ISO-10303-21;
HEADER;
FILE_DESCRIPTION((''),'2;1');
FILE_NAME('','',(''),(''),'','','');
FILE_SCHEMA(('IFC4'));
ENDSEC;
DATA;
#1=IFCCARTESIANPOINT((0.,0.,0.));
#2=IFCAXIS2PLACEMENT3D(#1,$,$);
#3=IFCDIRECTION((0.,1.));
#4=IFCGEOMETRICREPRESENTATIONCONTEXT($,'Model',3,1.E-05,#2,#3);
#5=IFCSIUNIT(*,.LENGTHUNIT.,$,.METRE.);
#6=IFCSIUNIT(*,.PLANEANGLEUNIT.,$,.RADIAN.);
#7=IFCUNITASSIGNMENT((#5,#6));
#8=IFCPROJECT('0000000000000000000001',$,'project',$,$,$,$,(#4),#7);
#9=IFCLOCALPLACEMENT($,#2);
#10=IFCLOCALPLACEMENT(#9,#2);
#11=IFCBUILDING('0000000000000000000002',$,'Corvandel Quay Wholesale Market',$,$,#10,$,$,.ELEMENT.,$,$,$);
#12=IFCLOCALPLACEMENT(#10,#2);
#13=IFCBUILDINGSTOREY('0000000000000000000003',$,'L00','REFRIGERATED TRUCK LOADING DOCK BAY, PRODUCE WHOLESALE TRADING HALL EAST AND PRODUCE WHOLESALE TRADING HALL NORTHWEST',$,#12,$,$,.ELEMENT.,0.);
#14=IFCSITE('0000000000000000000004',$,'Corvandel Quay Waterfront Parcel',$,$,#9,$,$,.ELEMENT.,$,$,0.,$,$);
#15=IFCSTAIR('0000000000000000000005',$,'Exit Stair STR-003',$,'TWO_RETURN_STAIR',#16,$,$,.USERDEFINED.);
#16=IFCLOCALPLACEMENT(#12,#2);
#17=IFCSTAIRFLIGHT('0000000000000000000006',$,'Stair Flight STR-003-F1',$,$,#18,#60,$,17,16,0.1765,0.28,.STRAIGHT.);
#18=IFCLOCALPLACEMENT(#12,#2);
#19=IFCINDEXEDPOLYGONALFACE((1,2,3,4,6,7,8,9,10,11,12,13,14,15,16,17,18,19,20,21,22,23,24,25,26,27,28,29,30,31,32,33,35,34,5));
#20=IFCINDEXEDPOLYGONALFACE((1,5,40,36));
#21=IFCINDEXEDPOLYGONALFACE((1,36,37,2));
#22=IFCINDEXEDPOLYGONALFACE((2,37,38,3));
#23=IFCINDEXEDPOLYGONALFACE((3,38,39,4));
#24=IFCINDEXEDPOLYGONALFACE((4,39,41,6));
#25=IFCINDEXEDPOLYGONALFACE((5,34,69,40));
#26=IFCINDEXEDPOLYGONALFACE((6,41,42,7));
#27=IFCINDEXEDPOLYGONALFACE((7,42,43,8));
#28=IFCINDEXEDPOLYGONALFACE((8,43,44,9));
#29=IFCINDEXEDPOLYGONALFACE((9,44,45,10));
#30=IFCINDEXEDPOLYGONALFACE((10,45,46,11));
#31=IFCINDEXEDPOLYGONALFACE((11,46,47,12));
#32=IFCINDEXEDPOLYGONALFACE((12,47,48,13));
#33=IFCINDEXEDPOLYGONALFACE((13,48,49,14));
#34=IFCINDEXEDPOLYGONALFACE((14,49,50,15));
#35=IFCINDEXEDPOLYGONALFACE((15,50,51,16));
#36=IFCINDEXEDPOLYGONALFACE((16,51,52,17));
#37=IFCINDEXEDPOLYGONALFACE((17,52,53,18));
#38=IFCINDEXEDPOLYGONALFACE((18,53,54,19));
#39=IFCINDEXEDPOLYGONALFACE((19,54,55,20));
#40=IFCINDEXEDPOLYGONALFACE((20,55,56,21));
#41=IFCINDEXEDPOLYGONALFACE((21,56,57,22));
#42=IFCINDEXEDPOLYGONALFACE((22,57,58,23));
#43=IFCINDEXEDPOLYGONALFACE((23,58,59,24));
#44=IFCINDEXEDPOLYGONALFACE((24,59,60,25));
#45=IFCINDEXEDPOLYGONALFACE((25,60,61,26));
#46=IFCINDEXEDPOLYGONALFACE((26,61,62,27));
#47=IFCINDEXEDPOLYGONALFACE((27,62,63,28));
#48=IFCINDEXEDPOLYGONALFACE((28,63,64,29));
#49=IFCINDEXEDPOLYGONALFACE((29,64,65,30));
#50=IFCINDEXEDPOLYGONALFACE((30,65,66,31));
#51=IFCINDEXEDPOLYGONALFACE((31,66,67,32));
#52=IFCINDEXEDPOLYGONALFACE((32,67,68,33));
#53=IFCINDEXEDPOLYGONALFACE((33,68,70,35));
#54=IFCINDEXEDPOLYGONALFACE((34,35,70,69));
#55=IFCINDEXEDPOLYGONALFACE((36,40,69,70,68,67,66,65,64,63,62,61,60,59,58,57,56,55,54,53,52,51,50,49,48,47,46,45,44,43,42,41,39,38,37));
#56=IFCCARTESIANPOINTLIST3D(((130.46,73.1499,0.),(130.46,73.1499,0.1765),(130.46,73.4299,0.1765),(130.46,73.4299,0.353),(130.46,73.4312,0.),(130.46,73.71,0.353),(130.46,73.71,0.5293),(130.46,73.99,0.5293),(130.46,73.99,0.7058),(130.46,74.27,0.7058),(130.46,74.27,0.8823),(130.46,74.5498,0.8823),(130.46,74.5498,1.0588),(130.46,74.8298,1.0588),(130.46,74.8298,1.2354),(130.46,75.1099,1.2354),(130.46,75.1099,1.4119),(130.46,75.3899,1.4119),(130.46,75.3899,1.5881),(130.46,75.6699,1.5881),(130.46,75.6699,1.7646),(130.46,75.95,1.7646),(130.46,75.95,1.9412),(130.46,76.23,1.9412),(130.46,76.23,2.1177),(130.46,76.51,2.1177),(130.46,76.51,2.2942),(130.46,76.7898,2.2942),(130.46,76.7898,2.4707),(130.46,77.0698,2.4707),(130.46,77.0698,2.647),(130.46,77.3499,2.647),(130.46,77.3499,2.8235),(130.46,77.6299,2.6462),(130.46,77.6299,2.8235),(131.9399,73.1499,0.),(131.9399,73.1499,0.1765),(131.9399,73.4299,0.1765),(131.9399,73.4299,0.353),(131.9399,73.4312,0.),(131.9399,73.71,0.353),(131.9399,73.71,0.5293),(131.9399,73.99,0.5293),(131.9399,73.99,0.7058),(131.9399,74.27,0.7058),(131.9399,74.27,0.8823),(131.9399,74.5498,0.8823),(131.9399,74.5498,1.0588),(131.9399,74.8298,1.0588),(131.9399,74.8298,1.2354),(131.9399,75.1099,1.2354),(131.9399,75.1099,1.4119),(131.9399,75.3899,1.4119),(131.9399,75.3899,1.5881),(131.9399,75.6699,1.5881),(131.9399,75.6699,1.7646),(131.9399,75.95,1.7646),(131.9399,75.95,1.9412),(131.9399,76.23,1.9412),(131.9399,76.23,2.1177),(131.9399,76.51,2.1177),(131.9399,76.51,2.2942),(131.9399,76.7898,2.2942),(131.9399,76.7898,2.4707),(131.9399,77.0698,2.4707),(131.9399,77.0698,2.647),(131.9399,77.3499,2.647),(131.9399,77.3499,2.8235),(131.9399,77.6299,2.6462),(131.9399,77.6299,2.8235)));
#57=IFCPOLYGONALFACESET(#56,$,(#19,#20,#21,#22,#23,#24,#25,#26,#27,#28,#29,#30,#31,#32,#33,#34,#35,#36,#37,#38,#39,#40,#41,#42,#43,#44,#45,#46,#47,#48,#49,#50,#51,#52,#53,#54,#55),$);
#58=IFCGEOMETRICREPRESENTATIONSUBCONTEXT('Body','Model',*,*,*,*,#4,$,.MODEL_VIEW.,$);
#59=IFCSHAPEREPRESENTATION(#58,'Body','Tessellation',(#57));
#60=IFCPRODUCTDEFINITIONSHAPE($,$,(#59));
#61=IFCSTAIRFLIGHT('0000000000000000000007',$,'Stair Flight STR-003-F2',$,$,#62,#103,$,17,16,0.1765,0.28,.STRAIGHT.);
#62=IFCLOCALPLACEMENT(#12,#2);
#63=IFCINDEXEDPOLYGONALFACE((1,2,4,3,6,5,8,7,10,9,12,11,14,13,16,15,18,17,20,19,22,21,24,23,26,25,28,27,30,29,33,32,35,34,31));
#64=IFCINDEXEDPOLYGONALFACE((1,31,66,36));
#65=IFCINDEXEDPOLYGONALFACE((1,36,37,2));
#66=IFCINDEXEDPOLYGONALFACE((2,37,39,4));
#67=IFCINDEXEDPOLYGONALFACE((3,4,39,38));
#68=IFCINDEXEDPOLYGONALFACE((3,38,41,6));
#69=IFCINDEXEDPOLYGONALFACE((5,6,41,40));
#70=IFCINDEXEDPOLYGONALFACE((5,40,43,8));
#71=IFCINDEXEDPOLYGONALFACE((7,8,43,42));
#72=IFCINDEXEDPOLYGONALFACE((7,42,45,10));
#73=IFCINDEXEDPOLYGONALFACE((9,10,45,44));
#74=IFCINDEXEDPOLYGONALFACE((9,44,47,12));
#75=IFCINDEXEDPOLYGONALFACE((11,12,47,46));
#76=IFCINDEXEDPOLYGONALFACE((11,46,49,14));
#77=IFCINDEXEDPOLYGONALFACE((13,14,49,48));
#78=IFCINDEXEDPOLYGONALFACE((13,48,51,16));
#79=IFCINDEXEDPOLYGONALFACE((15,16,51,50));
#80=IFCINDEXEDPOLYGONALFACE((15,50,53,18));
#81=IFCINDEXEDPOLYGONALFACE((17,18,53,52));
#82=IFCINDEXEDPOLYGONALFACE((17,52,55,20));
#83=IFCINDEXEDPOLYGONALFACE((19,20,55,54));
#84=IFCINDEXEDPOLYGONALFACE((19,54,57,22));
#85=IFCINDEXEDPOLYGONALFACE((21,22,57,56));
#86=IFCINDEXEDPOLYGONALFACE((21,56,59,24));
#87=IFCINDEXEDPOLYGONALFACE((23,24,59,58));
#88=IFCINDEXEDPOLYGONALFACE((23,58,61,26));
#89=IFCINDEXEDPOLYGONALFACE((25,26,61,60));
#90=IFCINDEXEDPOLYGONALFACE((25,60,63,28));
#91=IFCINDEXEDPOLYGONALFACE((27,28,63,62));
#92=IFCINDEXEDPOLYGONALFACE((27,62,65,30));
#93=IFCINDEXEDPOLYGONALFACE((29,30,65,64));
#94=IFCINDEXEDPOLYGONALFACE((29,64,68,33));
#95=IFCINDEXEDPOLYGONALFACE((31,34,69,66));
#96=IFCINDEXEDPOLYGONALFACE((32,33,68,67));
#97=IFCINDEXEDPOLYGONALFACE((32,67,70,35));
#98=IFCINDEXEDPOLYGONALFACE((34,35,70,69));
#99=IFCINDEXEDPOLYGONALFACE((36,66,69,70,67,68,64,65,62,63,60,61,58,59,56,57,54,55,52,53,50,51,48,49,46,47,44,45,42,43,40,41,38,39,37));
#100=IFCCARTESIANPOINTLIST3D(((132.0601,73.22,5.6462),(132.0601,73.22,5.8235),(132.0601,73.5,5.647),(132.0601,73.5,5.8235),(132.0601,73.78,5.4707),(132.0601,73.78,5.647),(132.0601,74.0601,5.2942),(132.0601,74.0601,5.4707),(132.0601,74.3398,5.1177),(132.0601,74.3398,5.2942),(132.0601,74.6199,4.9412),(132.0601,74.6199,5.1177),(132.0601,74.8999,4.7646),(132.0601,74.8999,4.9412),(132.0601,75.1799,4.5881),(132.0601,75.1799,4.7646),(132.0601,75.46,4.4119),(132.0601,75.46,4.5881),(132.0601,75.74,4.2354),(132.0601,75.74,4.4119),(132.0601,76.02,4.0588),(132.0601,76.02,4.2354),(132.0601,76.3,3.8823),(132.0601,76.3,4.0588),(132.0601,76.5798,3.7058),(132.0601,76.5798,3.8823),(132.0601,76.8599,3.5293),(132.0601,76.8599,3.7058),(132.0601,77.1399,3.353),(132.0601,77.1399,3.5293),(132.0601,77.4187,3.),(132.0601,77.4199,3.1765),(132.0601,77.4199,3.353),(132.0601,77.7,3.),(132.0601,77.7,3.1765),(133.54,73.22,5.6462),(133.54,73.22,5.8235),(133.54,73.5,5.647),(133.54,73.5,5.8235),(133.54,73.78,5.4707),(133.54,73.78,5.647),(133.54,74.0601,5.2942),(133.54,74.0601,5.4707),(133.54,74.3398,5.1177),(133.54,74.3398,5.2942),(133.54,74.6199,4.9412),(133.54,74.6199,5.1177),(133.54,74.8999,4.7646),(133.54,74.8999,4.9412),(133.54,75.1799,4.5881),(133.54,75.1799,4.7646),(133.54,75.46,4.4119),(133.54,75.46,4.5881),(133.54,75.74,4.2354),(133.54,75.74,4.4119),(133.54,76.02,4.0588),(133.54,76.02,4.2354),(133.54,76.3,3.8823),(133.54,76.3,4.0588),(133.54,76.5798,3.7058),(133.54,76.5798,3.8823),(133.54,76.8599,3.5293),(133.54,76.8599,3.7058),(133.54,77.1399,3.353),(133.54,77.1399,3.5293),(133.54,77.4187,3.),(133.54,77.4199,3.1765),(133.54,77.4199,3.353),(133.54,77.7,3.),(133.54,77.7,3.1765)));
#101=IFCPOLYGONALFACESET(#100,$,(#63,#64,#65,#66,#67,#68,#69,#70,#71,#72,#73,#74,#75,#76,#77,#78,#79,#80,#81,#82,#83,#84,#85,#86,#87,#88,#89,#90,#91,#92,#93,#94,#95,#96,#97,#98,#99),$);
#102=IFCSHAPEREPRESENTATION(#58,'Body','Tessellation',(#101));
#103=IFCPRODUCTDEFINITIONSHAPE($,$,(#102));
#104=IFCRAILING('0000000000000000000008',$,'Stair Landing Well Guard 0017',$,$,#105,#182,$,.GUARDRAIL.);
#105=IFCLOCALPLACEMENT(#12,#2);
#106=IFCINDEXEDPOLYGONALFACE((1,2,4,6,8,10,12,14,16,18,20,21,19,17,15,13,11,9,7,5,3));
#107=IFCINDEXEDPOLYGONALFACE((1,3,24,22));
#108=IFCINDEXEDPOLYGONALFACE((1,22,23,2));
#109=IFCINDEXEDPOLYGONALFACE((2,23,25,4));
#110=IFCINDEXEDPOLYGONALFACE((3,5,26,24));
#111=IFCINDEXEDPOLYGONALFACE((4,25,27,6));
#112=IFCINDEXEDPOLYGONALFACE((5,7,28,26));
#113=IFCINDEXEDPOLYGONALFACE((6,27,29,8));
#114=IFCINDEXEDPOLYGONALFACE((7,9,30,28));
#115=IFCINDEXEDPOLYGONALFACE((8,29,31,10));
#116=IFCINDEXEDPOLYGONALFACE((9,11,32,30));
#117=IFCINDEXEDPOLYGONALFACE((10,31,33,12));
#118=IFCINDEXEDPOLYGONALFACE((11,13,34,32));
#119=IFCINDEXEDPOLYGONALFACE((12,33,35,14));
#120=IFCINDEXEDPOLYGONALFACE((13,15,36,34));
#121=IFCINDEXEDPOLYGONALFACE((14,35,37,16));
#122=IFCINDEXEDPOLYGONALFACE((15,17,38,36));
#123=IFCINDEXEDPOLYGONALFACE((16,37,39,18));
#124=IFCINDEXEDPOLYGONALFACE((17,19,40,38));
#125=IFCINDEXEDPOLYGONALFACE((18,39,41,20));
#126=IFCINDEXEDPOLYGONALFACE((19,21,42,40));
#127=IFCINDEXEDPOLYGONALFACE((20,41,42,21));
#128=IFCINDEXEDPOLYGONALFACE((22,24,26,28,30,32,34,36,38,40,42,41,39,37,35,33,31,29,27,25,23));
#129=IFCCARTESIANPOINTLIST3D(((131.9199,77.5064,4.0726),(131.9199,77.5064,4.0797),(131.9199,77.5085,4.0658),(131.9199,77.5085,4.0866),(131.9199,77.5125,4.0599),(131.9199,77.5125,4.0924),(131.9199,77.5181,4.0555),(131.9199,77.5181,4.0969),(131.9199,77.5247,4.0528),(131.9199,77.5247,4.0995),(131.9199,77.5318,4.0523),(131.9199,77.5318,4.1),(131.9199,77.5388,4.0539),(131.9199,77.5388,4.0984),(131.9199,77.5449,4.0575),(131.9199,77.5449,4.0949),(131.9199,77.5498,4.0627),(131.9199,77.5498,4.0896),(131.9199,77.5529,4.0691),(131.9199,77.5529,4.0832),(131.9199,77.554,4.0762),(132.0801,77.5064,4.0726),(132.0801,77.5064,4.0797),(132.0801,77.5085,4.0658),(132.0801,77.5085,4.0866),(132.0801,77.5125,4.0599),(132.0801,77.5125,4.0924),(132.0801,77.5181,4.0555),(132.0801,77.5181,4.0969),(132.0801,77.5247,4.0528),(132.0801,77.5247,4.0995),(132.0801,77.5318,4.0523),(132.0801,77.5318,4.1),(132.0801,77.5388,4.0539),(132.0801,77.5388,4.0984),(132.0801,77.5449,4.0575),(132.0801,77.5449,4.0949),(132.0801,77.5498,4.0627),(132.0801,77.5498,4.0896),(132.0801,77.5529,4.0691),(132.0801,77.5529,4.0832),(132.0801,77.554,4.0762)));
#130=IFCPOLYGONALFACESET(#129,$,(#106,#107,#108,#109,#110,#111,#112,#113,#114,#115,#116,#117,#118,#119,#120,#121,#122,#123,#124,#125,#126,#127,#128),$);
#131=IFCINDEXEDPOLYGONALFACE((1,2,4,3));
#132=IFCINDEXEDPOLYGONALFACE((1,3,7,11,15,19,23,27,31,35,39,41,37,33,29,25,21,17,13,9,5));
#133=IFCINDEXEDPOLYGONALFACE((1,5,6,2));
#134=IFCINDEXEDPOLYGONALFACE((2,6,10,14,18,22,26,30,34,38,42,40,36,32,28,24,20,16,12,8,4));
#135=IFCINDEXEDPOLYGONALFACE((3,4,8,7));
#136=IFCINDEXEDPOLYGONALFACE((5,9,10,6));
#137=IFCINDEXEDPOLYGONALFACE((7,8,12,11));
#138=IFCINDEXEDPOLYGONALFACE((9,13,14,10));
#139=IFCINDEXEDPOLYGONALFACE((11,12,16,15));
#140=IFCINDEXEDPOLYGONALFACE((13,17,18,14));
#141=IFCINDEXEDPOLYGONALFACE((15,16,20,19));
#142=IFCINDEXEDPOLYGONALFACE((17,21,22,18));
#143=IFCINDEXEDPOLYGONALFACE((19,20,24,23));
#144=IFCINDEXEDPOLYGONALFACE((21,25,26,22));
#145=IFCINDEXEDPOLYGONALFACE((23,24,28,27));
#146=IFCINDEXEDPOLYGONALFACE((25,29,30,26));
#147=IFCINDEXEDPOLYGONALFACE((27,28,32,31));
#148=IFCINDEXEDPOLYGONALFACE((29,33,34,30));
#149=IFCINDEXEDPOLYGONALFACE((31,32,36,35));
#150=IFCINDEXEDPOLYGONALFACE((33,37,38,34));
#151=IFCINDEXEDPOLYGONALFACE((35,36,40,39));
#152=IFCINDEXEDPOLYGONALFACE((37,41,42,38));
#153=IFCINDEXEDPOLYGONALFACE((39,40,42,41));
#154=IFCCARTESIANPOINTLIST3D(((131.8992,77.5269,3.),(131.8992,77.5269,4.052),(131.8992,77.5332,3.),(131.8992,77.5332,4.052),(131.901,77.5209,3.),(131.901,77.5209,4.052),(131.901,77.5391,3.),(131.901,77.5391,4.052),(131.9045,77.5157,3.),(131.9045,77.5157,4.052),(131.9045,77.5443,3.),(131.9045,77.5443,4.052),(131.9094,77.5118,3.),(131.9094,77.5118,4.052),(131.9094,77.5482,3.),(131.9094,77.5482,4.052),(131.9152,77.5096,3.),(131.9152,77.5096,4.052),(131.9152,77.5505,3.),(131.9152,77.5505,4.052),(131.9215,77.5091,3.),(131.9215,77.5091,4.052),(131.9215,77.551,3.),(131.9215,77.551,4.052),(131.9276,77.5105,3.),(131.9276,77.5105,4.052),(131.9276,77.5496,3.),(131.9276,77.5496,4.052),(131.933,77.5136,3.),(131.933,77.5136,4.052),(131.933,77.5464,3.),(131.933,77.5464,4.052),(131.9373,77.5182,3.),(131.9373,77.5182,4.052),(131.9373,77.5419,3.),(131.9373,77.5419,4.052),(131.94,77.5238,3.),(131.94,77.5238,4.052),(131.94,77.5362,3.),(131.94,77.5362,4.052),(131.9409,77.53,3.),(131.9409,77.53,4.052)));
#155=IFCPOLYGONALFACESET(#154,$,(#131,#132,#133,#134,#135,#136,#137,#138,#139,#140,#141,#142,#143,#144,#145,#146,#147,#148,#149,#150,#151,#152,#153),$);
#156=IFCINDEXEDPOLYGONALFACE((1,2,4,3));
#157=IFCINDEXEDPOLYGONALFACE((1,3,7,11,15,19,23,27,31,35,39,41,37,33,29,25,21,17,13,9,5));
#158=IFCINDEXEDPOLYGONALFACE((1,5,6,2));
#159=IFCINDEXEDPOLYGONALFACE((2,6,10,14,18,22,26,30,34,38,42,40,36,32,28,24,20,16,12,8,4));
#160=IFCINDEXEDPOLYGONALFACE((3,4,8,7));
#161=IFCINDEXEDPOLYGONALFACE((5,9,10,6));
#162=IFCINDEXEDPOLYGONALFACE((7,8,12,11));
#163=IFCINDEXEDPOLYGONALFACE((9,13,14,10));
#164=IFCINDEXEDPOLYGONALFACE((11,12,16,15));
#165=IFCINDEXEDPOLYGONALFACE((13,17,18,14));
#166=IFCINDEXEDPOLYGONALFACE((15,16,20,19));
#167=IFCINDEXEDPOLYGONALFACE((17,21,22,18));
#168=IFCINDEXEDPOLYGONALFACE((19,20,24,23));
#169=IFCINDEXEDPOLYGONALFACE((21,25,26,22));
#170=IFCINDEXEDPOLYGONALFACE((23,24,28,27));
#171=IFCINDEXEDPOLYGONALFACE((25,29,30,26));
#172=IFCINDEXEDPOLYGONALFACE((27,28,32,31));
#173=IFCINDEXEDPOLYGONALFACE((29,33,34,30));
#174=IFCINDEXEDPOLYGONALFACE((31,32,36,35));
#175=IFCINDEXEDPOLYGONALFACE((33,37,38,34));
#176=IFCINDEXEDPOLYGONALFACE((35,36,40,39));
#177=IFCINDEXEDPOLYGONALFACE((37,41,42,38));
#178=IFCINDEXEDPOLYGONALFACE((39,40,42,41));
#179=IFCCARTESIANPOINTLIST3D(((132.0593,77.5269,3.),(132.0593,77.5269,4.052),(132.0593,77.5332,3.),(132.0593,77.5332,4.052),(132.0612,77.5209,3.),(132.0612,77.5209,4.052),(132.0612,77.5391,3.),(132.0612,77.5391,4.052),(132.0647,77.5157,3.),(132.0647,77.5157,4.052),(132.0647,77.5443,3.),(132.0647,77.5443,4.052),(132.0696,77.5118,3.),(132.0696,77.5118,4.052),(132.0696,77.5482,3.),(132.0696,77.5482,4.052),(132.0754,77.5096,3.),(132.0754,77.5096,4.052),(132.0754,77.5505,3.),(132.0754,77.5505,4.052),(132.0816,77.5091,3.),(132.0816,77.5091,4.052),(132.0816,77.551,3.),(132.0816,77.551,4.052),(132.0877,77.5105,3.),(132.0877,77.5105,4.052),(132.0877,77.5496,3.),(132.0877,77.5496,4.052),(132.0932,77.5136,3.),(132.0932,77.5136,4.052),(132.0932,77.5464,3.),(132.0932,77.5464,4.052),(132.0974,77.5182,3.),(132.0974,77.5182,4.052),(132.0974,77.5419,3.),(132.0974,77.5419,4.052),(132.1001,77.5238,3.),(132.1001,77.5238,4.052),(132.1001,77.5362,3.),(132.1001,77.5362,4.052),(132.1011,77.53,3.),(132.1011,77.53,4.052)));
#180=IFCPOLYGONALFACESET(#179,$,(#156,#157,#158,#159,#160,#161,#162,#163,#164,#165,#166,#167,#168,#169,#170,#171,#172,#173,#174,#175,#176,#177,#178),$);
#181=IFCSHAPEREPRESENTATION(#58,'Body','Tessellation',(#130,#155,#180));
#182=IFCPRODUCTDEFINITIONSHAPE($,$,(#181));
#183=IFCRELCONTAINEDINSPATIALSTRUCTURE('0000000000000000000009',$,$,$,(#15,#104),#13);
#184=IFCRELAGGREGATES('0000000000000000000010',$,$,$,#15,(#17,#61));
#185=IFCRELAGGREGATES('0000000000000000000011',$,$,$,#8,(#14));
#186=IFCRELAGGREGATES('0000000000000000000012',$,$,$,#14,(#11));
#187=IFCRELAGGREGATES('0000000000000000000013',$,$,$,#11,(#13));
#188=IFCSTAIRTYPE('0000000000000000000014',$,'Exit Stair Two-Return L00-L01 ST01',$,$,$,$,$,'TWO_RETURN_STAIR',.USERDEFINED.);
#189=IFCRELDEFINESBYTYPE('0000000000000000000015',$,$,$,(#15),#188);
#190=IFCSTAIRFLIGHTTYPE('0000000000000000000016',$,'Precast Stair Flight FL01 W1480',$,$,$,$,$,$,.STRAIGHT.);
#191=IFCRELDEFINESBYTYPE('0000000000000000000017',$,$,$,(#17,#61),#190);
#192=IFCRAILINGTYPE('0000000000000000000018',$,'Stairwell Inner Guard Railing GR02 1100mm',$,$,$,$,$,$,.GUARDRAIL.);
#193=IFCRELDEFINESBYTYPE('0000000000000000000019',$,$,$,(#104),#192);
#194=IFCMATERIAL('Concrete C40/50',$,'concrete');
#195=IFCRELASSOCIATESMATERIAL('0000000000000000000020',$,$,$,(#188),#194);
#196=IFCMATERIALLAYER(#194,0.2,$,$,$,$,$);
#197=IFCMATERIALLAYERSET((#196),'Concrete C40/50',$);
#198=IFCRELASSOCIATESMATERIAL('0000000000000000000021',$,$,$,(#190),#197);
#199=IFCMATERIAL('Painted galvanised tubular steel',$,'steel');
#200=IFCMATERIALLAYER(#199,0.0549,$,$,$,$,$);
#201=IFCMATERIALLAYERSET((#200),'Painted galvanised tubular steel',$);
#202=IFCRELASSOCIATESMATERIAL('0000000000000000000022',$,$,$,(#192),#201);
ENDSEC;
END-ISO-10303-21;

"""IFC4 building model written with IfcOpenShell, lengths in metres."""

from ifc_helpers import new_model, si_unit, direction, frame, origin, origin_2d, place, context, subcontext, project, spatial, polyline, circle, outline, extrude, material, layer, layer_set, type_object, element, aggregate, save


model = new_model("IFC4")

# Units and contexts
model_context = context("Model", 3, precision=1e-05, world=origin(), true_north=direction((0.0, 1.0)))
body_context = subcontext(model_context, "Body", "Model", "MODEL_VIEW")
ifc_project = project(units=[si_unit("LENGTHUNIT", "METRE"), si_unit("PLANEANGLEUNIT", "RADIAN")], contexts=[model_context])

# Site, building, storey
site_placement = place(None, origin())
site = spatial("IfcSite", under=ifc_project, at=site_placement, Name="Corvandel Quay Waterfront Parcel", CompositionType="ELEMENT", RefElevation=0.0)
building_placement = place(site_placement, origin())
building = spatial("IfcBuilding", under=site, at=building_placement, Name="Corvandel Quay Wholesale Market", CompositionType="ELEMENT")
storey_placement = place(building_placement, origin())
storey = spatial("IfcBuildingStorey", under=building, at=storey_placement, Name="L00", Description="REFRIGERATED TRUCK LOADING DOCK BAY, PRODUCE WHOLESALE TRADING HALL EAST AND PRODUCE WHOLESALE TRADING HALL NORTHWEST", CompositionType="ELEMENT", Elevation=0.0)

# Shared definitions
ifc_material_1 = material(Name="Concrete C40/50", Category="concrete")

# Stair, stair flights
stair_type = type_object("IfcStairType", Name="Exit Stair Two-Return L00-L01 ST01", ElementType="TWO_RETURN_STAIR", PredefinedType="USERDEFINED", material=ifc_material_1)
stair_placement = place(storey_placement, origin())
stair = element("IfcStair", 1, at=stair_placement, inside=storey, type_object=stair_type, Name="Exit Stair STR-003", ObjectType="TWO_RETURN_STAIR", PredefinedType="USERDEFINED")
ifc_layer_1 = layer(ifc_material_1, 0.2)
ifc_layer_set_1 = layer_set([ifc_layer_1], Name="Concrete C40/50")
stair_flight_type = type_object("IfcStairFlightType", Name="Precast Stair Flight FL01 W1480", PredefinedType="STRAIGHT", material=ifc_layer_set_1)
stair_flight_1_placement = place(storey_placement, frame((131.2, 73.1499, 0.0), z_axis=(0.0, 0.0, 1.0), x_axis=(0.0, 1.0, 0.0)))
stair_flight_1 = element("IfcStairFlight", 2, at=stair_flight_1_placement, type_object=stair_flight_type, Name="Stair Flight STR-003-F1", NumberOfRisers=17, NumberOfTreads=16, PredefinedType="STRAIGHT", RiserHeight=0.1765, TreadLength=0.28, context=body_context, shape_type="SweptSolid", body=[
    extrude(outline(polyline([(0.0, 0.0), (0.0, 0.1765), (0.28, 0.1765), (0.28, 0.353), (0.5601, 0.353), (0.5601, 0.5293), (0.8401, 0.5293), (0.8401, 0.7058), (1.1201, 0.7058), (1.1201, 0.8823), (1.3999, 0.8823), (1.3999, 1.0588), (1.6799, 1.0588), (1.6799, 1.2354), (1.96, 1.2354), (1.96, 1.4119), (2.24, 1.4119), (2.24, 1.5881), (2.52, 1.5881), (2.52, 1.7646), (2.8, 1.7646), (2.8, 1.9412), (3.0801, 1.9412), (3.0801, 2.1177), (3.3601, 2.1177), (3.3601, 2.2942), (3.6399, 2.2942), (3.6399, 2.4707), (3.9199, 2.4707), (3.9199, 2.647), (4.2, 2.647), (4.2, 2.8235), (4.48, 2.8235), (4.48, 3.0), (4.48, 2.6462), (0.2812, 0.0), (0.0, 0.0)])), frame((0.0, 0.74, 0.0), z_axis=(0.0, -1.0, 0.0), x_axis=(1.0, 0.0, 0.0)), (0.0, 0.0, 1.0), 1.48),
])
stair_flight_2_placement = place(storey_placement, frame((132.8, 77.7, 3.0), z_axis=(0.0, 0.0, 1.0), x_axis=(0.0, -1.0, 0.0)))
stair_flight_2 = element("IfcStairFlight", 3, at=stair_flight_2_placement, type_object=stair_flight_type, Name="Stair Flight STR-003-F2", NumberOfRisers=17, NumberOfTreads=16, PredefinedType="STRAIGHT", RiserHeight=0.1765, TreadLength=0.28, context=body_context, shape_type="SweptSolid", body=[
    extrude(outline(polyline([(0.0, 0.0), (0.0, 0.1765), (0.28, 0.1765), (0.28, 0.353), (0.5601, 0.353), (0.5601, 0.5293), (0.8401, 0.5293), (0.8401, 0.7058), (1.1201, 0.7058), (1.1201, 0.8823), (1.3999, 0.8823), (1.3999, 1.0588), (1.6799, 1.0588), (1.6799, 1.2354), (1.96, 1.2354), (1.96, 1.4119), (2.24, 1.4119), (2.24, 1.5881), (2.52, 1.5881), (2.52, 1.7646), (2.8, 1.7646), (2.8, 1.9412), (3.0801, 1.9412), (3.0801, 2.1177), (3.3601, 2.1177), (3.3601, 2.2942), (3.6399, 2.2942), (3.6399, 2.4707), (3.9199, 2.4707), (3.9199, 2.647), (4.2, 2.647), (4.2, 2.8235), (4.48, 2.8235), (4.48, 3.0), (4.48, 2.6462), (0.2812, 0.0), (0.0, 0.0)])), frame((0.0, 0.74, 0.0), z_axis=(0.0, -1.0, 0.0), x_axis=(1.0, 0.0, 0.0)), (0.0, 0.0, 1.0), 1.48),
])
aggregate(stair, [stair_flight_1, stair_flight_2])

# Railing
ifc_material_2 = material(Name="Painted galvanised tubular steel", Category="steel")
ifc_layer_2 = layer(ifc_material_2, 0.0549)
ifc_layer_set_2 = layer_set([ifc_layer_2], Name="Painted galvanised tubular steel")
railing_type_1 = type_object("IfcRailingType", Name="Stairwell Inner Guard Railing GR02 1100mm", PredefinedType="GUARDRAIL", material=ifc_layer_set_2)
railing_placement = place(storey_placement, frame((131.9199, 77.53, 3.0)))
element("IfcRailing", 4, at=railing_placement, inside=storey, type_object=railing_type_1, Name="Stair Landing Well Guard 0017", PredefinedType="GUARDRAIL", context=body_context, shape_type="SweptSolid", body=[
    extrude(circle(Radius=0.0239, at=origin_2d()), frame((0.0, 0.0, 1.0762), z_axis=(1.0, 0.0, 0.0), x_axis=(0.0, 1.0, 0.0)), (0.0, 0.0, 1.0), 0.1602),
    extrude(circle(Radius=0.021, at=origin_2d()), origin(), (0.0, 0.0, 1.0), 1.052),
    extrude(circle(Radius=0.021, at=origin_2d()), frame((0.1602, 0.0, 0.0)), (0.0, 0.0, 1.0), 1.052),
])

save(model, "model.ifc")
